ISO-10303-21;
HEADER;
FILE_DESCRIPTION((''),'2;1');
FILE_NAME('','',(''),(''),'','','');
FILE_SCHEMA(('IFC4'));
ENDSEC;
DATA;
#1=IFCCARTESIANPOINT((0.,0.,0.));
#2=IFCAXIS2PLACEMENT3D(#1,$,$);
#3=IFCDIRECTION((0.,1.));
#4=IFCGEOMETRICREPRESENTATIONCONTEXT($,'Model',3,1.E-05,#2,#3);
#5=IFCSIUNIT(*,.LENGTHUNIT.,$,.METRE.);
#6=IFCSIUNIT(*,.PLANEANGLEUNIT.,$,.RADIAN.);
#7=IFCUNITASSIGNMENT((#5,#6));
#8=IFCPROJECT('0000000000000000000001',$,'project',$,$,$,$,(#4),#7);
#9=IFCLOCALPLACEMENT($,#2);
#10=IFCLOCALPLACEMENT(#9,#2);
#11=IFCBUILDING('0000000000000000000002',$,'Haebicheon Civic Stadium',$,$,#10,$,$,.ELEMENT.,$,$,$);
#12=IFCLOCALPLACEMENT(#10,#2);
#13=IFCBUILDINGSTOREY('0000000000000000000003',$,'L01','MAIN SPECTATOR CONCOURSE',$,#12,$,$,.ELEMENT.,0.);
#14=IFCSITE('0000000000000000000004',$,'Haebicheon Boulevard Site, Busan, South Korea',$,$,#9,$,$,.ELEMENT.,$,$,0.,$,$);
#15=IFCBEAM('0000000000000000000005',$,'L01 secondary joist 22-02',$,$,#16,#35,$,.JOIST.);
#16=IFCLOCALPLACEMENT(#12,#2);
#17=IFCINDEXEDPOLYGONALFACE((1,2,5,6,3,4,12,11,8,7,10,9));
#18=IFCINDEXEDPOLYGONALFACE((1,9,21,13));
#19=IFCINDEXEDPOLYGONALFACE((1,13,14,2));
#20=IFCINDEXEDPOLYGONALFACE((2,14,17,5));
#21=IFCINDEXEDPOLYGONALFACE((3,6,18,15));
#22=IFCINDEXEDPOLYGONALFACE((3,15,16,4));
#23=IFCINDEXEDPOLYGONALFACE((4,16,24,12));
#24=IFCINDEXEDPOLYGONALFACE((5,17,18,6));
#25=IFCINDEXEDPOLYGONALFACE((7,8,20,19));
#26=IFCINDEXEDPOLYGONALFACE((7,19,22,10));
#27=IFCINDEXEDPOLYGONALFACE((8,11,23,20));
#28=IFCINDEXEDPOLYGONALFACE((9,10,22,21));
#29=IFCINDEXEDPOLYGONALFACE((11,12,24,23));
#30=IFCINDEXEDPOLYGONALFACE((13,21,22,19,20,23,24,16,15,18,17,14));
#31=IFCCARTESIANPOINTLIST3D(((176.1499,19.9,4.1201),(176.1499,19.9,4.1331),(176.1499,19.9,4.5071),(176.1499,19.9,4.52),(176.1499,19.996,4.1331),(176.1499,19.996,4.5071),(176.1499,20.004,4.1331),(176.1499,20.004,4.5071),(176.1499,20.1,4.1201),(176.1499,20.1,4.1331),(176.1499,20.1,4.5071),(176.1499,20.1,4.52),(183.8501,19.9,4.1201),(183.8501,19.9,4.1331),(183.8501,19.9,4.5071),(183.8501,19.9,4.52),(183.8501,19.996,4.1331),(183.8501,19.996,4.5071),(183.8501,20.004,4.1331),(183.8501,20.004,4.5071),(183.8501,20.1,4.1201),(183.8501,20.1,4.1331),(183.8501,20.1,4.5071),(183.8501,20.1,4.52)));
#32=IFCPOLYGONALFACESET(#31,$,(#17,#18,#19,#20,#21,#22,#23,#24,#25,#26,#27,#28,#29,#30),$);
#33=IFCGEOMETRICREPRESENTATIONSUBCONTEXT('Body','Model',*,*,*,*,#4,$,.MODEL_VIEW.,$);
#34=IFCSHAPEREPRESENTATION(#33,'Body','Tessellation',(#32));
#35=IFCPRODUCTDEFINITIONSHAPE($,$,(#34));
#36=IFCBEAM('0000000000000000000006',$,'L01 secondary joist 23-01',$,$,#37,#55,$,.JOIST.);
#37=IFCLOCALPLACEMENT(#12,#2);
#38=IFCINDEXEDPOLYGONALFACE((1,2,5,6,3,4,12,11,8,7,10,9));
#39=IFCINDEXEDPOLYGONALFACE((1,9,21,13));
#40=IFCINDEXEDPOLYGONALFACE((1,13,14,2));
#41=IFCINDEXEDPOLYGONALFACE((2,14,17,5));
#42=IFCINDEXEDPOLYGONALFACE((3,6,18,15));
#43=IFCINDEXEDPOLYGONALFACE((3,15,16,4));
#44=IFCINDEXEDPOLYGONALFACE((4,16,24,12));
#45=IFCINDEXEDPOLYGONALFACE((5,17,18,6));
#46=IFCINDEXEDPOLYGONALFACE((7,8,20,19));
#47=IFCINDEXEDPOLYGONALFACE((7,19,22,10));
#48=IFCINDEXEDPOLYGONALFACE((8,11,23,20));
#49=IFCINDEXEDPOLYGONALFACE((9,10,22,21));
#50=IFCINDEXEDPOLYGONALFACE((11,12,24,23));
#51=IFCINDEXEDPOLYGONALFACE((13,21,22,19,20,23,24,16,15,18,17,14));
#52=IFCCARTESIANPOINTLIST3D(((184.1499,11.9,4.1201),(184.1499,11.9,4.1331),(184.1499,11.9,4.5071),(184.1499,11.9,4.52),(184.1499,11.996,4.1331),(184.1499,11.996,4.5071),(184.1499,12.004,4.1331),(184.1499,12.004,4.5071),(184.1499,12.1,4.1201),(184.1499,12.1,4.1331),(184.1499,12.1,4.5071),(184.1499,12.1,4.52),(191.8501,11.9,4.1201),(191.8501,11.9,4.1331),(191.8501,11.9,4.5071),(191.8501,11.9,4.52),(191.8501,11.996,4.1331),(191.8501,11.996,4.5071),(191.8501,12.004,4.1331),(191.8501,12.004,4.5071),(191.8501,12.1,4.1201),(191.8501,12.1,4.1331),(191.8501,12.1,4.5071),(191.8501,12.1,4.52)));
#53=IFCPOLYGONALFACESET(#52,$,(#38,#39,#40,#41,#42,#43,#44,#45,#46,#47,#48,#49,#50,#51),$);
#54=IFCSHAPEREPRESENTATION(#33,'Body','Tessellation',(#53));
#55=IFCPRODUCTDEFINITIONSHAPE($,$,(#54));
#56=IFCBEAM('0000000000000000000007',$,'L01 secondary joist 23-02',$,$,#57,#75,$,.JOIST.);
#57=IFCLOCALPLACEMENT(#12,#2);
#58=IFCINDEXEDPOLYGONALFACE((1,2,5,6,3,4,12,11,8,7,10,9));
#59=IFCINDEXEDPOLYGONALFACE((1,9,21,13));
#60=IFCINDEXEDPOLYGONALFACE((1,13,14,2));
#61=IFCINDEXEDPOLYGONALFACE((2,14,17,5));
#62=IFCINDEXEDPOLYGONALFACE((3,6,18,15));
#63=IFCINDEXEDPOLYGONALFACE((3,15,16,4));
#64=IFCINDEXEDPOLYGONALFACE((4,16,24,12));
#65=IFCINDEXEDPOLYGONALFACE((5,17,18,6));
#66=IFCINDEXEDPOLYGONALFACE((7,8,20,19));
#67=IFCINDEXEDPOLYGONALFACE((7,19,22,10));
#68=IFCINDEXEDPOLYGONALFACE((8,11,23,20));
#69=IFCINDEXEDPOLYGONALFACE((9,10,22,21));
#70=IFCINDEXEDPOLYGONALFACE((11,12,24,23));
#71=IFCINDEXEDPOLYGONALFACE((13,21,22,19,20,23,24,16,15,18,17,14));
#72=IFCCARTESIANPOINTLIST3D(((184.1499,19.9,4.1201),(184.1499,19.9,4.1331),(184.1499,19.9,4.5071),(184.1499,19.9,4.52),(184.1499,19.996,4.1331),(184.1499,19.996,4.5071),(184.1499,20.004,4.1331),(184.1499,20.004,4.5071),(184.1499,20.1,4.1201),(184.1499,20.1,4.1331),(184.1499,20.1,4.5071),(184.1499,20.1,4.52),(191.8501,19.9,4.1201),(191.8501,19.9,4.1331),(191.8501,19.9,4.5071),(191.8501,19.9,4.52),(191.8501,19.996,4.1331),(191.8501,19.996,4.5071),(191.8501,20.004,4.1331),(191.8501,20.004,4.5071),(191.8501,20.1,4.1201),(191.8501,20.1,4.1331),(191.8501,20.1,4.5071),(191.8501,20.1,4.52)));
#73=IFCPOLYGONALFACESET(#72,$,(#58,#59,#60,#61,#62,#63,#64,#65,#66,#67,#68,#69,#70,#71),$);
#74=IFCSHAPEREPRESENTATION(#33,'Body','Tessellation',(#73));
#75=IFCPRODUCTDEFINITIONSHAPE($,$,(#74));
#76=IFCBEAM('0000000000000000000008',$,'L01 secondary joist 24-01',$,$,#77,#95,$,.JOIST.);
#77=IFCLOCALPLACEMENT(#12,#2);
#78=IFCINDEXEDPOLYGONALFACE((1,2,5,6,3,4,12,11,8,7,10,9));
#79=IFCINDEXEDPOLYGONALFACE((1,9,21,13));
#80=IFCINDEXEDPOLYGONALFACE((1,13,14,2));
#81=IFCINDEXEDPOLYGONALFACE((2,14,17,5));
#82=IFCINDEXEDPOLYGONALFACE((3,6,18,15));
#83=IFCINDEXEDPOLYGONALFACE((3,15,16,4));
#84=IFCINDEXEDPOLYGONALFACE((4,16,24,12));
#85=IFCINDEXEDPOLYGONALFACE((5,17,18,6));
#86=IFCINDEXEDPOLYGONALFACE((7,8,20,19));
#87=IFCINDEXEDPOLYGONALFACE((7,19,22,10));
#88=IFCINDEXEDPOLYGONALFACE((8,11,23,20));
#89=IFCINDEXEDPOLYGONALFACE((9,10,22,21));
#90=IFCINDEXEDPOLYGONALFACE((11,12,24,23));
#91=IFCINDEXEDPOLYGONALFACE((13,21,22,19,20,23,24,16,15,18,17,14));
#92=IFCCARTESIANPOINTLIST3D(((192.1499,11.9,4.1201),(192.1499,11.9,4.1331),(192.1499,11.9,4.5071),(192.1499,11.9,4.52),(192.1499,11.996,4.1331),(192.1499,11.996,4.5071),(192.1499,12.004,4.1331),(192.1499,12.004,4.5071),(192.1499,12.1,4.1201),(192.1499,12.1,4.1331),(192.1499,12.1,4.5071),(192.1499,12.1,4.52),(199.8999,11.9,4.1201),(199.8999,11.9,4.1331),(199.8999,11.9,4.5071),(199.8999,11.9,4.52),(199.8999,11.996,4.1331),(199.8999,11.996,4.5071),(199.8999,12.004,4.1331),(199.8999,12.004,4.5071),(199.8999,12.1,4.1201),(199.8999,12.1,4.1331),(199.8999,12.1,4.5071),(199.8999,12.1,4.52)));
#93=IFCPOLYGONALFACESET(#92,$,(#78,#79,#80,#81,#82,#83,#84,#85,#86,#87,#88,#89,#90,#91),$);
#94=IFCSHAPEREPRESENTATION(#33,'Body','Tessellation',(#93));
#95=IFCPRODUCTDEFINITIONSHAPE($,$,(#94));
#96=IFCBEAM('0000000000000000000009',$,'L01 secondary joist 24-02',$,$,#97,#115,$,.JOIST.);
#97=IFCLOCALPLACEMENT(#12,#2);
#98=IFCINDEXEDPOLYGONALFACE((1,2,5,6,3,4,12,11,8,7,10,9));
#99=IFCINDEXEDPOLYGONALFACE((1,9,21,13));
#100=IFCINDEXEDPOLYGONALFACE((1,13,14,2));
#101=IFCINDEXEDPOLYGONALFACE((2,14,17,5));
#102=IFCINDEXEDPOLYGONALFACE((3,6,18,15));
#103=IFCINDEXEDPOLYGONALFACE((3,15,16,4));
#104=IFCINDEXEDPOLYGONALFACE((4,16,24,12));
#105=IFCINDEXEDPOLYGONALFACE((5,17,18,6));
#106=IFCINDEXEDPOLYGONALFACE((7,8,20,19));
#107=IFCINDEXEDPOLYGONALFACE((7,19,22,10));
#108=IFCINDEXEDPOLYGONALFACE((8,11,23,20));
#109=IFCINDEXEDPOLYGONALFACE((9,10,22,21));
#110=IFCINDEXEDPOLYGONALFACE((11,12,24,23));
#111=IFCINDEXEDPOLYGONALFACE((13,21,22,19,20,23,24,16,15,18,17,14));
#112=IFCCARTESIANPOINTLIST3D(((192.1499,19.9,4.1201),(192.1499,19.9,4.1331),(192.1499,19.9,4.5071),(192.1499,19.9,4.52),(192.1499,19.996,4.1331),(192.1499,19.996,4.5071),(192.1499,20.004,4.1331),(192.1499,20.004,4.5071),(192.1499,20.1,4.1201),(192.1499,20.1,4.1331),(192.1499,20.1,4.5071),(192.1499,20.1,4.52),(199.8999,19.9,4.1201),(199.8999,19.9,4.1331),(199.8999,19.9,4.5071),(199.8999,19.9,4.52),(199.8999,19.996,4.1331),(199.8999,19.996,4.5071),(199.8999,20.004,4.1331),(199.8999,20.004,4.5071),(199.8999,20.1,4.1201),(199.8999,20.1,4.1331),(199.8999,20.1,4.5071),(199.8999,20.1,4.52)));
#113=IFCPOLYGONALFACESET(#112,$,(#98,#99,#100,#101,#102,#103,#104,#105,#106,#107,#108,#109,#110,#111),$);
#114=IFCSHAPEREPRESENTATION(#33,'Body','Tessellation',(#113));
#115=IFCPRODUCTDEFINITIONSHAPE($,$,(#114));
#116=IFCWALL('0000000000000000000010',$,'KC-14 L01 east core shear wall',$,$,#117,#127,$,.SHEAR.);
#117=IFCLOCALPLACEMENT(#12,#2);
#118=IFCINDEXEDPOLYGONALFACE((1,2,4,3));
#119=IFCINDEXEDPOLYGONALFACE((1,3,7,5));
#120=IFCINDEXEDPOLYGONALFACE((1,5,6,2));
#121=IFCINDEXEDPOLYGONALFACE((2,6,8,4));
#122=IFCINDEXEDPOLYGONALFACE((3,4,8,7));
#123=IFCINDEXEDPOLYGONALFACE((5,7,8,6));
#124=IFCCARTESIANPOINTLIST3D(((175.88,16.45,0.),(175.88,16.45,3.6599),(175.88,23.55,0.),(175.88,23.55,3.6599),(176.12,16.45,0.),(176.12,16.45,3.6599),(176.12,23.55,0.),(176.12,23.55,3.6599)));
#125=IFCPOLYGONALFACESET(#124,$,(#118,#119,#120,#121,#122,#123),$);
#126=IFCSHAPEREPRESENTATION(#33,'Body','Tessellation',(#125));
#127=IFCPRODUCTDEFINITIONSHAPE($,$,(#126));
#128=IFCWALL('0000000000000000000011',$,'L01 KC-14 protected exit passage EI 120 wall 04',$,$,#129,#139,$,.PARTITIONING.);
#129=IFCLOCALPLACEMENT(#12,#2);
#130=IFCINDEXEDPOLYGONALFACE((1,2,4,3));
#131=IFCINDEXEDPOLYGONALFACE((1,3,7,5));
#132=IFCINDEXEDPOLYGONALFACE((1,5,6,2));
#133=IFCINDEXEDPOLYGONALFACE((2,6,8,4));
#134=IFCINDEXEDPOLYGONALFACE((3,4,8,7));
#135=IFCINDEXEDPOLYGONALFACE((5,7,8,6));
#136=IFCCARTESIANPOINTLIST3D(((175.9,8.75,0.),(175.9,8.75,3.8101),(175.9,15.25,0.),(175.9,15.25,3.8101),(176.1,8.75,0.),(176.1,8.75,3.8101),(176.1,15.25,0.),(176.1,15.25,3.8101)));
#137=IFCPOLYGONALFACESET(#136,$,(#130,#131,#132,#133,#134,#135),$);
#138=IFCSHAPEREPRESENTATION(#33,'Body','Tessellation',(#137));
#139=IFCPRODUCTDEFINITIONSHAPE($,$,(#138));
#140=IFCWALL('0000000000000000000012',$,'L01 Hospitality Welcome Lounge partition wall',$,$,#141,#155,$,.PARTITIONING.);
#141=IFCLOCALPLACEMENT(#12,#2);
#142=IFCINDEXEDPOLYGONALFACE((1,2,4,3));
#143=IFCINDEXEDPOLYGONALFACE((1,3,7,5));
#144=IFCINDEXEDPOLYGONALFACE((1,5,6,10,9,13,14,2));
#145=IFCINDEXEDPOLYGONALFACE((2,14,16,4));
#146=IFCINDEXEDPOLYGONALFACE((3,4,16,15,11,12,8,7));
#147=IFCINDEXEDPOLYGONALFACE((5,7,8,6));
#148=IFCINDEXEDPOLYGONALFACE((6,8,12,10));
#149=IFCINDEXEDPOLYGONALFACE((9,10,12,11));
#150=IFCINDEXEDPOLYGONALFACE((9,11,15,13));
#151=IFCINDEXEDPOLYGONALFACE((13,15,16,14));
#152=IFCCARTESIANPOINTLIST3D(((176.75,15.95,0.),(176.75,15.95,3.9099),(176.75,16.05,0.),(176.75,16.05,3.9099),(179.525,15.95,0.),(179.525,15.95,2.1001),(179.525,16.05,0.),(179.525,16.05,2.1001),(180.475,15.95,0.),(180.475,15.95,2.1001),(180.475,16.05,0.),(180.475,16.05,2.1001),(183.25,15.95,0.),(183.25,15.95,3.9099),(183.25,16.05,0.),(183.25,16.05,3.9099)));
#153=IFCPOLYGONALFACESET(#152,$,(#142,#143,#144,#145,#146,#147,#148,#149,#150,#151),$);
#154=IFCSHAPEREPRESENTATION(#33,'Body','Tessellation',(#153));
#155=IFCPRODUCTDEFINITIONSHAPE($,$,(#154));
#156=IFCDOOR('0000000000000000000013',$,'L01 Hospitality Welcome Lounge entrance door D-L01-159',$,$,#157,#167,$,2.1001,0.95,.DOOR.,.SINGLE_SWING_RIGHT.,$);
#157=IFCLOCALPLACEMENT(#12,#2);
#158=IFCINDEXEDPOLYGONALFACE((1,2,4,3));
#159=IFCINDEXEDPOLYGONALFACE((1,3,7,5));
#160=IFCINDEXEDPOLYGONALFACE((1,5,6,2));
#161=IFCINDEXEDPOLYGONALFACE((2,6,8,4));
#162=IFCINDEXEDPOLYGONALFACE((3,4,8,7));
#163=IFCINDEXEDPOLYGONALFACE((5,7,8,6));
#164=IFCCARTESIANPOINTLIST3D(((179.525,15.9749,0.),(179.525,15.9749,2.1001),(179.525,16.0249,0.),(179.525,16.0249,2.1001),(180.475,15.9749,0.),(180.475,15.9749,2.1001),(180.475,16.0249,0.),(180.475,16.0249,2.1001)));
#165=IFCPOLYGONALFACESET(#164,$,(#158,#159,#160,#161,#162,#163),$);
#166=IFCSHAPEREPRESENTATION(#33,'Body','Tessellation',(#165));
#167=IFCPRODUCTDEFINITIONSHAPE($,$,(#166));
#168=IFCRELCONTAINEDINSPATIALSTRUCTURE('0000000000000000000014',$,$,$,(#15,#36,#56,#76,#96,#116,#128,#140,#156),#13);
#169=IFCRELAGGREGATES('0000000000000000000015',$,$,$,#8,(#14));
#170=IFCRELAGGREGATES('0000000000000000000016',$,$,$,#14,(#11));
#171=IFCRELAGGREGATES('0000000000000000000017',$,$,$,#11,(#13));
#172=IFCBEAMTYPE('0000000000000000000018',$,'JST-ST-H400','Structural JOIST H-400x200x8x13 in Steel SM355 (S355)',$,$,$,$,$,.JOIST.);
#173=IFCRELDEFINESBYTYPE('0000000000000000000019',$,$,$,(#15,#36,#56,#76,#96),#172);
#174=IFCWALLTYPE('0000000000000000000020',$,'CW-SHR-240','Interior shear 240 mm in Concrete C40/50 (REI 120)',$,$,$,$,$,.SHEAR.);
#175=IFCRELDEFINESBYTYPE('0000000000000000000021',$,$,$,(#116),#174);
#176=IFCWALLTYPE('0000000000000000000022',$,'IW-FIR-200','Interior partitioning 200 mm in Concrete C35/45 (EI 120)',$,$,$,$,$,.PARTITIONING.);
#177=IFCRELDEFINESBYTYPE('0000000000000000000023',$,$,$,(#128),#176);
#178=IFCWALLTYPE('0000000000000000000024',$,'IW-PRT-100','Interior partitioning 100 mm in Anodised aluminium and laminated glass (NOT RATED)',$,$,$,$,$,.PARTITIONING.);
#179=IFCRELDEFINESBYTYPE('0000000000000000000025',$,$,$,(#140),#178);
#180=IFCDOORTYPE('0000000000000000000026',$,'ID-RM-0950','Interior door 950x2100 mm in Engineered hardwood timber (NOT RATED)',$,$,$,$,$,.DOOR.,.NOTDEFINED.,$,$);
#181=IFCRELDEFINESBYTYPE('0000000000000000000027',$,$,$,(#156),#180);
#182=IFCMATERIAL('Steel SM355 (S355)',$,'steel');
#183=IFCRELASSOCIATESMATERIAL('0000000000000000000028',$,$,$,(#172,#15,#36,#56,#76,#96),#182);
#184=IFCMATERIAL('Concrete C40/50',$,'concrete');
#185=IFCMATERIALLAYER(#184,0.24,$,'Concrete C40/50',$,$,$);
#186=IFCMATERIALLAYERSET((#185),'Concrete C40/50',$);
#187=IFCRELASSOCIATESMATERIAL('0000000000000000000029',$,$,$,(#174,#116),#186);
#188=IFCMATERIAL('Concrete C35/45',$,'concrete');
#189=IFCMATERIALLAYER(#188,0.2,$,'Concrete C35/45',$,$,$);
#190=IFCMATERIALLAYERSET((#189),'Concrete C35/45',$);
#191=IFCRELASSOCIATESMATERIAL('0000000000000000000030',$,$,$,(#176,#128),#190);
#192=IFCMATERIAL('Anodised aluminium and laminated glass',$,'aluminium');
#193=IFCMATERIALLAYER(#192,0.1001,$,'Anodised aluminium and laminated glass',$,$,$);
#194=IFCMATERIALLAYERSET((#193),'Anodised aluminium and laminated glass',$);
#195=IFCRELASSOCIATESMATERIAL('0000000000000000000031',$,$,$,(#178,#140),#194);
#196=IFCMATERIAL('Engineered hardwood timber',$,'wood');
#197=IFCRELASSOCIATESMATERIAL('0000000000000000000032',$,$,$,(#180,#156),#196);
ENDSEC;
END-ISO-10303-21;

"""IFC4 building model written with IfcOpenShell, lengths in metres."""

from ifc_helpers import new_model, si_unit, direction, frame, frame_2d, origin, origin_2d, place, context, subcontext, project, spatial, rectangle, i_section, extrude, material, layer, layer_set, material_profile, profile_set, type_object, element, fill, save


model = new_model("IFC4")

# Units and contexts
model_context = context("Model", 3, precision=1e-05, world=origin(), true_north=direction((0.0, 1.0)))
body_context = subcontext(model_context, "Body", "Model", "MODEL_VIEW")
ifc_project = project(units=[si_unit("LENGTHUNIT", "METRE"), si_unit("PLANEANGLEUNIT", "RADIAN")], contexts=[model_context])

# Site, building, storey
site_placement = place(None, origin())
site = spatial("IfcSite", under=ifc_project, at=site_placement, Name="Haebicheon Boulevard Site, Busan, South Korea", CompositionType="ELEMENT", RefElevation=0.0)
building_placement = place(site_placement, origin())
building = spatial("IfcBuilding", under=site, at=building_placement, Name="Haebicheon Civic Stadium", CompositionType="ELEMENT")
storey_placement = place(building_placement, origin())
storey = spatial("IfcBuildingStorey", under=building, at=storey_placement, Name="L01", Description="MAIN SPECTATOR CONCOURSE", CompositionType="ELEMENT", Elevation=0.0)

# Beams
ifc_material_1 = material(Name="Steel SM355 (S355)", Category="steel")
ifc_material_profile_1 = material_profile(ifc_material_1, i_section(OverallWidth=0.2, OverallDepth=0.3999, WebThickness=0.0081, FlangeThickness=0.0129, at=origin_2d()), Name="H-400x200x8x13")
ifc_profile_set_1 = profile_set([ifc_material_profile_1], Name="Steel SM355 (S355)")
beam_type_1 = type_object("IfcBeamType", Name="JST-ST-H400", Description="Structural JOIST H-400x200x8x13 in Steel SM355 (S355)", PredefinedType="JOIST", material=ifc_profile_set_1)
for number, where, z_axis, x_axis, name in (
    (1, (176.1499, 20.0, 4.3201), (1.0, 0.0, 0.0), (0.0, 1.0, 0.0), "L01 secondary joist 22-02"),
    (2, (184.1499, 12.0, 4.3201), (1.0, 0.0, 0.0), (0.0, 1.0, 0.0), "L01 secondary joist 23-01"),
    (3, (184.1499, 20.0, 4.3201), (1.0, 0.0, 0.0), (0.0, 1.0, 0.0), "L01 secondary joist 23-02"),
):
    element("IfcBeam", number, at=place(storey_placement, frame(where, z_axis=z_axis, x_axis=x_axis)), inside=storey, type_object=beam_type_1, material=ifc_profile_set_1, Name=name, PredefinedType="JOIST", context=body_context, shape_type="SweptSolid", body=[
        extrude(i_section(OverallWidth=0.2, OverallDepth=0.3999, WebThickness=0.0081, FlangeThickness=0.0129, at=origin_2d()), origin(), (0.0, 0.0, 1.0), 7.7002),
    ])
for number, where, z_axis, x_axis, name in (
    (4, (192.1499, 12.0, 4.3201), (1.0, 0.0, 0.0), (0.0, 1.0, 0.0), "L01 secondary joist 24-01"),
    (5, (192.1499, 20.0, 4.3201), (1.0, 0.0, 0.0), (0.0, 1.0, 0.0), "L01 secondary joist 24-02"),
):
    element("IfcBeam", number, at=place(storey_placement, frame(where, z_axis=z_axis, x_axis=x_axis)), inside=storey, type_object=beam_type_1, material=ifc_profile_set_1, Name=name, PredefinedType="JOIST", context=body_context, shape_type="SweptSolid", body=[
        extrude(i_section(OverallWidth=0.2, OverallDepth=0.3999, WebThickness=0.0081, FlangeThickness=0.0129, at=origin_2d()), origin(), (0.0, 0.0, 1.0), 7.75),
    ])

# Walls
ifc_material_2 = material(Name="Concrete C40/50", Category="concrete")
ifc_layer_1 = layer(ifc_material_2, 0.24, Name="Concrete C40/50")
ifc_layer_set_1 = layer_set([ifc_layer_1], Name="Concrete C40/50")
wall_type_1 = type_object("IfcWallType", Name="CW-SHR-240", Description="Interior shear 240 mm in Concrete C40/50 (REI 120)", PredefinedType="SHEAR", material=ifc_layer_set_1)
wall_1_placement = place(storey_placement, frame((176.0, 16.45, 0.0), z_axis=(0.0, 0.0, 1.0), x_axis=(0.0, 1.0, 0.0)))
element("IfcWall", 6, at=wall_1_placement, inside=storey, type_object=wall_type_1, material=ifc_layer_set_1, Name="KC-14 L01 east core shear wall", PredefinedType="SHEAR", context=body_context, shape_type="SweptSolid", body=[
    extrude(rectangle(XDim=7.1001, YDim=0.24, at=frame_2d((3.55, 0.0))), origin(), (0.0, 0.0, 1.0), 3.6599),
])
ifc_material_3 = material(Name="Concrete C35/45", Category="concrete")
ifc_layer_2 = layer(ifc_material_3, 0.2, Name="Concrete C35/45")
ifc_layer_set_2 = layer_set([ifc_layer_2], Name="Concrete C35/45")
wall_type_2 = type_object("IfcWallType", Name="IW-FIR-200", Description="Interior partitioning 200 mm in Concrete C35/45 (EI 120)", PredefinedType="PARTITIONING", material=ifc_layer_set_2)
wall_2_placement = place(storey_placement, frame((176.0, 8.75, 0.0), z_axis=(0.0, 0.0, 1.0), x_axis=(0.0, 1.0, 0.0)))
element("IfcWall", 7, at=wall_2_placement, inside=storey, type_object=wall_type_2, material=ifc_layer_set_2, Name="L01 KC-14 protected exit passage EI 120 wall 04", PredefinedType="PARTITIONING", context=body_context, shape_type="SweptSolid", body=[
    extrude(rectangle(XDim=6.5, YDim=0.2, at=frame_2d((3.25, 0.0))), origin(), (0.0, 0.0, 1.0), 3.8101),
])

# Wall, opening, door
ifc_material_4 = material(Name="Anodised aluminium and laminated glass", Category="aluminium")
ifc_layer_3 = layer(ifc_material_4, 0.1001, Name="Anodised aluminium and laminated glass")
ifc_layer_set_3 = layer_set([ifc_layer_3], Name="Anodised aluminium and laminated glass")
wall_type_3 = type_object("IfcWallType", Name="IW-PRT-100", Description="Interior partitioning 100 mm in Anodised aluminium and laminated glass (NOT RATED)", PredefinedType="PARTITIONING", material=ifc_layer_set_3)
wall_3_placement = place(storey_placement, frame((176.75, 16.0, 0.0), z_axis=(0.0, 0.0, 1.0), x_axis=(1.0, 0.0, 0.0)))
wall_3 = element("IfcWall", 8, at=wall_3_placement, inside=storey, type_object=wall_type_3, material=ifc_layer_set_3, Name="L01 Hospitality Welcome Lounge partition wall", PredefinedType="PARTITIONING", context=body_context, shape_type="SweptSolid", body=[
    extrude(rectangle(XDim=6.5, YDim=0.1001, at=frame_2d((3.25, 0.0))), origin(), (0.0, 0.0, 1.0), 3.9099),
])
opening_1_placement = place(wall_3_placement, frame((2.7749, 0.0, 0.0)))
opening_1 = element("IfcOpeningElement", 9, at=opening_1_placement, cuts=wall_3, PredefinedType="OPENING", context=body_context, shape_type="SweptSolid", body=[
    extrude(rectangle(XDim=0.95, YDim=2.1001, at=frame_2d((0.4751, 1.05))), frame((0.0, 0.0601, 0.0), z_axis=(0.0, -1.0, 0.0), x_axis=(1.0, 0.0, 0.0)), (0.0, 0.0, 1.0), 0.1201),
])
ifc_material_5 = material(Name="Engineered hardwood timber", Category="wood")
door_type = type_object("IfcDoorType", Name="ID-RM-0950", Description="Interior door 950x2100 mm in Engineered hardwood timber (NOT RATED)", OperationType="NOTDEFINED", PredefinedType="DOOR", material=ifc_material_5)
door_1_placement = place(opening_1_placement, origin())
door_1 = element("IfcDoor", 10, at=door_1_placement, inside=storey, type_object=door_type, material=ifc_material_5, Name="L01 Hospitality Welcome Lounge entrance door D-L01-159", OperationType="SINGLE_SWING_RIGHT", OverallHeight=2.1001, OverallWidth=0.95, PredefinedType="DOOR", context=body_context, shape_type="SweptSolid", body=[
    extrude(rectangle(XDim=0.95, YDim=2.1001, at=frame_2d((0.4751, 1.05))), frame((0.0, 0.0249, 0.0), z_axis=(0.0, -1.0, 0.0), x_axis=(1.0, 0.0, 0.0)), (0.0, 0.0, 1.0), 0.05),
])
fill(opening_1, door_1)

save(model, "model.ifc")
